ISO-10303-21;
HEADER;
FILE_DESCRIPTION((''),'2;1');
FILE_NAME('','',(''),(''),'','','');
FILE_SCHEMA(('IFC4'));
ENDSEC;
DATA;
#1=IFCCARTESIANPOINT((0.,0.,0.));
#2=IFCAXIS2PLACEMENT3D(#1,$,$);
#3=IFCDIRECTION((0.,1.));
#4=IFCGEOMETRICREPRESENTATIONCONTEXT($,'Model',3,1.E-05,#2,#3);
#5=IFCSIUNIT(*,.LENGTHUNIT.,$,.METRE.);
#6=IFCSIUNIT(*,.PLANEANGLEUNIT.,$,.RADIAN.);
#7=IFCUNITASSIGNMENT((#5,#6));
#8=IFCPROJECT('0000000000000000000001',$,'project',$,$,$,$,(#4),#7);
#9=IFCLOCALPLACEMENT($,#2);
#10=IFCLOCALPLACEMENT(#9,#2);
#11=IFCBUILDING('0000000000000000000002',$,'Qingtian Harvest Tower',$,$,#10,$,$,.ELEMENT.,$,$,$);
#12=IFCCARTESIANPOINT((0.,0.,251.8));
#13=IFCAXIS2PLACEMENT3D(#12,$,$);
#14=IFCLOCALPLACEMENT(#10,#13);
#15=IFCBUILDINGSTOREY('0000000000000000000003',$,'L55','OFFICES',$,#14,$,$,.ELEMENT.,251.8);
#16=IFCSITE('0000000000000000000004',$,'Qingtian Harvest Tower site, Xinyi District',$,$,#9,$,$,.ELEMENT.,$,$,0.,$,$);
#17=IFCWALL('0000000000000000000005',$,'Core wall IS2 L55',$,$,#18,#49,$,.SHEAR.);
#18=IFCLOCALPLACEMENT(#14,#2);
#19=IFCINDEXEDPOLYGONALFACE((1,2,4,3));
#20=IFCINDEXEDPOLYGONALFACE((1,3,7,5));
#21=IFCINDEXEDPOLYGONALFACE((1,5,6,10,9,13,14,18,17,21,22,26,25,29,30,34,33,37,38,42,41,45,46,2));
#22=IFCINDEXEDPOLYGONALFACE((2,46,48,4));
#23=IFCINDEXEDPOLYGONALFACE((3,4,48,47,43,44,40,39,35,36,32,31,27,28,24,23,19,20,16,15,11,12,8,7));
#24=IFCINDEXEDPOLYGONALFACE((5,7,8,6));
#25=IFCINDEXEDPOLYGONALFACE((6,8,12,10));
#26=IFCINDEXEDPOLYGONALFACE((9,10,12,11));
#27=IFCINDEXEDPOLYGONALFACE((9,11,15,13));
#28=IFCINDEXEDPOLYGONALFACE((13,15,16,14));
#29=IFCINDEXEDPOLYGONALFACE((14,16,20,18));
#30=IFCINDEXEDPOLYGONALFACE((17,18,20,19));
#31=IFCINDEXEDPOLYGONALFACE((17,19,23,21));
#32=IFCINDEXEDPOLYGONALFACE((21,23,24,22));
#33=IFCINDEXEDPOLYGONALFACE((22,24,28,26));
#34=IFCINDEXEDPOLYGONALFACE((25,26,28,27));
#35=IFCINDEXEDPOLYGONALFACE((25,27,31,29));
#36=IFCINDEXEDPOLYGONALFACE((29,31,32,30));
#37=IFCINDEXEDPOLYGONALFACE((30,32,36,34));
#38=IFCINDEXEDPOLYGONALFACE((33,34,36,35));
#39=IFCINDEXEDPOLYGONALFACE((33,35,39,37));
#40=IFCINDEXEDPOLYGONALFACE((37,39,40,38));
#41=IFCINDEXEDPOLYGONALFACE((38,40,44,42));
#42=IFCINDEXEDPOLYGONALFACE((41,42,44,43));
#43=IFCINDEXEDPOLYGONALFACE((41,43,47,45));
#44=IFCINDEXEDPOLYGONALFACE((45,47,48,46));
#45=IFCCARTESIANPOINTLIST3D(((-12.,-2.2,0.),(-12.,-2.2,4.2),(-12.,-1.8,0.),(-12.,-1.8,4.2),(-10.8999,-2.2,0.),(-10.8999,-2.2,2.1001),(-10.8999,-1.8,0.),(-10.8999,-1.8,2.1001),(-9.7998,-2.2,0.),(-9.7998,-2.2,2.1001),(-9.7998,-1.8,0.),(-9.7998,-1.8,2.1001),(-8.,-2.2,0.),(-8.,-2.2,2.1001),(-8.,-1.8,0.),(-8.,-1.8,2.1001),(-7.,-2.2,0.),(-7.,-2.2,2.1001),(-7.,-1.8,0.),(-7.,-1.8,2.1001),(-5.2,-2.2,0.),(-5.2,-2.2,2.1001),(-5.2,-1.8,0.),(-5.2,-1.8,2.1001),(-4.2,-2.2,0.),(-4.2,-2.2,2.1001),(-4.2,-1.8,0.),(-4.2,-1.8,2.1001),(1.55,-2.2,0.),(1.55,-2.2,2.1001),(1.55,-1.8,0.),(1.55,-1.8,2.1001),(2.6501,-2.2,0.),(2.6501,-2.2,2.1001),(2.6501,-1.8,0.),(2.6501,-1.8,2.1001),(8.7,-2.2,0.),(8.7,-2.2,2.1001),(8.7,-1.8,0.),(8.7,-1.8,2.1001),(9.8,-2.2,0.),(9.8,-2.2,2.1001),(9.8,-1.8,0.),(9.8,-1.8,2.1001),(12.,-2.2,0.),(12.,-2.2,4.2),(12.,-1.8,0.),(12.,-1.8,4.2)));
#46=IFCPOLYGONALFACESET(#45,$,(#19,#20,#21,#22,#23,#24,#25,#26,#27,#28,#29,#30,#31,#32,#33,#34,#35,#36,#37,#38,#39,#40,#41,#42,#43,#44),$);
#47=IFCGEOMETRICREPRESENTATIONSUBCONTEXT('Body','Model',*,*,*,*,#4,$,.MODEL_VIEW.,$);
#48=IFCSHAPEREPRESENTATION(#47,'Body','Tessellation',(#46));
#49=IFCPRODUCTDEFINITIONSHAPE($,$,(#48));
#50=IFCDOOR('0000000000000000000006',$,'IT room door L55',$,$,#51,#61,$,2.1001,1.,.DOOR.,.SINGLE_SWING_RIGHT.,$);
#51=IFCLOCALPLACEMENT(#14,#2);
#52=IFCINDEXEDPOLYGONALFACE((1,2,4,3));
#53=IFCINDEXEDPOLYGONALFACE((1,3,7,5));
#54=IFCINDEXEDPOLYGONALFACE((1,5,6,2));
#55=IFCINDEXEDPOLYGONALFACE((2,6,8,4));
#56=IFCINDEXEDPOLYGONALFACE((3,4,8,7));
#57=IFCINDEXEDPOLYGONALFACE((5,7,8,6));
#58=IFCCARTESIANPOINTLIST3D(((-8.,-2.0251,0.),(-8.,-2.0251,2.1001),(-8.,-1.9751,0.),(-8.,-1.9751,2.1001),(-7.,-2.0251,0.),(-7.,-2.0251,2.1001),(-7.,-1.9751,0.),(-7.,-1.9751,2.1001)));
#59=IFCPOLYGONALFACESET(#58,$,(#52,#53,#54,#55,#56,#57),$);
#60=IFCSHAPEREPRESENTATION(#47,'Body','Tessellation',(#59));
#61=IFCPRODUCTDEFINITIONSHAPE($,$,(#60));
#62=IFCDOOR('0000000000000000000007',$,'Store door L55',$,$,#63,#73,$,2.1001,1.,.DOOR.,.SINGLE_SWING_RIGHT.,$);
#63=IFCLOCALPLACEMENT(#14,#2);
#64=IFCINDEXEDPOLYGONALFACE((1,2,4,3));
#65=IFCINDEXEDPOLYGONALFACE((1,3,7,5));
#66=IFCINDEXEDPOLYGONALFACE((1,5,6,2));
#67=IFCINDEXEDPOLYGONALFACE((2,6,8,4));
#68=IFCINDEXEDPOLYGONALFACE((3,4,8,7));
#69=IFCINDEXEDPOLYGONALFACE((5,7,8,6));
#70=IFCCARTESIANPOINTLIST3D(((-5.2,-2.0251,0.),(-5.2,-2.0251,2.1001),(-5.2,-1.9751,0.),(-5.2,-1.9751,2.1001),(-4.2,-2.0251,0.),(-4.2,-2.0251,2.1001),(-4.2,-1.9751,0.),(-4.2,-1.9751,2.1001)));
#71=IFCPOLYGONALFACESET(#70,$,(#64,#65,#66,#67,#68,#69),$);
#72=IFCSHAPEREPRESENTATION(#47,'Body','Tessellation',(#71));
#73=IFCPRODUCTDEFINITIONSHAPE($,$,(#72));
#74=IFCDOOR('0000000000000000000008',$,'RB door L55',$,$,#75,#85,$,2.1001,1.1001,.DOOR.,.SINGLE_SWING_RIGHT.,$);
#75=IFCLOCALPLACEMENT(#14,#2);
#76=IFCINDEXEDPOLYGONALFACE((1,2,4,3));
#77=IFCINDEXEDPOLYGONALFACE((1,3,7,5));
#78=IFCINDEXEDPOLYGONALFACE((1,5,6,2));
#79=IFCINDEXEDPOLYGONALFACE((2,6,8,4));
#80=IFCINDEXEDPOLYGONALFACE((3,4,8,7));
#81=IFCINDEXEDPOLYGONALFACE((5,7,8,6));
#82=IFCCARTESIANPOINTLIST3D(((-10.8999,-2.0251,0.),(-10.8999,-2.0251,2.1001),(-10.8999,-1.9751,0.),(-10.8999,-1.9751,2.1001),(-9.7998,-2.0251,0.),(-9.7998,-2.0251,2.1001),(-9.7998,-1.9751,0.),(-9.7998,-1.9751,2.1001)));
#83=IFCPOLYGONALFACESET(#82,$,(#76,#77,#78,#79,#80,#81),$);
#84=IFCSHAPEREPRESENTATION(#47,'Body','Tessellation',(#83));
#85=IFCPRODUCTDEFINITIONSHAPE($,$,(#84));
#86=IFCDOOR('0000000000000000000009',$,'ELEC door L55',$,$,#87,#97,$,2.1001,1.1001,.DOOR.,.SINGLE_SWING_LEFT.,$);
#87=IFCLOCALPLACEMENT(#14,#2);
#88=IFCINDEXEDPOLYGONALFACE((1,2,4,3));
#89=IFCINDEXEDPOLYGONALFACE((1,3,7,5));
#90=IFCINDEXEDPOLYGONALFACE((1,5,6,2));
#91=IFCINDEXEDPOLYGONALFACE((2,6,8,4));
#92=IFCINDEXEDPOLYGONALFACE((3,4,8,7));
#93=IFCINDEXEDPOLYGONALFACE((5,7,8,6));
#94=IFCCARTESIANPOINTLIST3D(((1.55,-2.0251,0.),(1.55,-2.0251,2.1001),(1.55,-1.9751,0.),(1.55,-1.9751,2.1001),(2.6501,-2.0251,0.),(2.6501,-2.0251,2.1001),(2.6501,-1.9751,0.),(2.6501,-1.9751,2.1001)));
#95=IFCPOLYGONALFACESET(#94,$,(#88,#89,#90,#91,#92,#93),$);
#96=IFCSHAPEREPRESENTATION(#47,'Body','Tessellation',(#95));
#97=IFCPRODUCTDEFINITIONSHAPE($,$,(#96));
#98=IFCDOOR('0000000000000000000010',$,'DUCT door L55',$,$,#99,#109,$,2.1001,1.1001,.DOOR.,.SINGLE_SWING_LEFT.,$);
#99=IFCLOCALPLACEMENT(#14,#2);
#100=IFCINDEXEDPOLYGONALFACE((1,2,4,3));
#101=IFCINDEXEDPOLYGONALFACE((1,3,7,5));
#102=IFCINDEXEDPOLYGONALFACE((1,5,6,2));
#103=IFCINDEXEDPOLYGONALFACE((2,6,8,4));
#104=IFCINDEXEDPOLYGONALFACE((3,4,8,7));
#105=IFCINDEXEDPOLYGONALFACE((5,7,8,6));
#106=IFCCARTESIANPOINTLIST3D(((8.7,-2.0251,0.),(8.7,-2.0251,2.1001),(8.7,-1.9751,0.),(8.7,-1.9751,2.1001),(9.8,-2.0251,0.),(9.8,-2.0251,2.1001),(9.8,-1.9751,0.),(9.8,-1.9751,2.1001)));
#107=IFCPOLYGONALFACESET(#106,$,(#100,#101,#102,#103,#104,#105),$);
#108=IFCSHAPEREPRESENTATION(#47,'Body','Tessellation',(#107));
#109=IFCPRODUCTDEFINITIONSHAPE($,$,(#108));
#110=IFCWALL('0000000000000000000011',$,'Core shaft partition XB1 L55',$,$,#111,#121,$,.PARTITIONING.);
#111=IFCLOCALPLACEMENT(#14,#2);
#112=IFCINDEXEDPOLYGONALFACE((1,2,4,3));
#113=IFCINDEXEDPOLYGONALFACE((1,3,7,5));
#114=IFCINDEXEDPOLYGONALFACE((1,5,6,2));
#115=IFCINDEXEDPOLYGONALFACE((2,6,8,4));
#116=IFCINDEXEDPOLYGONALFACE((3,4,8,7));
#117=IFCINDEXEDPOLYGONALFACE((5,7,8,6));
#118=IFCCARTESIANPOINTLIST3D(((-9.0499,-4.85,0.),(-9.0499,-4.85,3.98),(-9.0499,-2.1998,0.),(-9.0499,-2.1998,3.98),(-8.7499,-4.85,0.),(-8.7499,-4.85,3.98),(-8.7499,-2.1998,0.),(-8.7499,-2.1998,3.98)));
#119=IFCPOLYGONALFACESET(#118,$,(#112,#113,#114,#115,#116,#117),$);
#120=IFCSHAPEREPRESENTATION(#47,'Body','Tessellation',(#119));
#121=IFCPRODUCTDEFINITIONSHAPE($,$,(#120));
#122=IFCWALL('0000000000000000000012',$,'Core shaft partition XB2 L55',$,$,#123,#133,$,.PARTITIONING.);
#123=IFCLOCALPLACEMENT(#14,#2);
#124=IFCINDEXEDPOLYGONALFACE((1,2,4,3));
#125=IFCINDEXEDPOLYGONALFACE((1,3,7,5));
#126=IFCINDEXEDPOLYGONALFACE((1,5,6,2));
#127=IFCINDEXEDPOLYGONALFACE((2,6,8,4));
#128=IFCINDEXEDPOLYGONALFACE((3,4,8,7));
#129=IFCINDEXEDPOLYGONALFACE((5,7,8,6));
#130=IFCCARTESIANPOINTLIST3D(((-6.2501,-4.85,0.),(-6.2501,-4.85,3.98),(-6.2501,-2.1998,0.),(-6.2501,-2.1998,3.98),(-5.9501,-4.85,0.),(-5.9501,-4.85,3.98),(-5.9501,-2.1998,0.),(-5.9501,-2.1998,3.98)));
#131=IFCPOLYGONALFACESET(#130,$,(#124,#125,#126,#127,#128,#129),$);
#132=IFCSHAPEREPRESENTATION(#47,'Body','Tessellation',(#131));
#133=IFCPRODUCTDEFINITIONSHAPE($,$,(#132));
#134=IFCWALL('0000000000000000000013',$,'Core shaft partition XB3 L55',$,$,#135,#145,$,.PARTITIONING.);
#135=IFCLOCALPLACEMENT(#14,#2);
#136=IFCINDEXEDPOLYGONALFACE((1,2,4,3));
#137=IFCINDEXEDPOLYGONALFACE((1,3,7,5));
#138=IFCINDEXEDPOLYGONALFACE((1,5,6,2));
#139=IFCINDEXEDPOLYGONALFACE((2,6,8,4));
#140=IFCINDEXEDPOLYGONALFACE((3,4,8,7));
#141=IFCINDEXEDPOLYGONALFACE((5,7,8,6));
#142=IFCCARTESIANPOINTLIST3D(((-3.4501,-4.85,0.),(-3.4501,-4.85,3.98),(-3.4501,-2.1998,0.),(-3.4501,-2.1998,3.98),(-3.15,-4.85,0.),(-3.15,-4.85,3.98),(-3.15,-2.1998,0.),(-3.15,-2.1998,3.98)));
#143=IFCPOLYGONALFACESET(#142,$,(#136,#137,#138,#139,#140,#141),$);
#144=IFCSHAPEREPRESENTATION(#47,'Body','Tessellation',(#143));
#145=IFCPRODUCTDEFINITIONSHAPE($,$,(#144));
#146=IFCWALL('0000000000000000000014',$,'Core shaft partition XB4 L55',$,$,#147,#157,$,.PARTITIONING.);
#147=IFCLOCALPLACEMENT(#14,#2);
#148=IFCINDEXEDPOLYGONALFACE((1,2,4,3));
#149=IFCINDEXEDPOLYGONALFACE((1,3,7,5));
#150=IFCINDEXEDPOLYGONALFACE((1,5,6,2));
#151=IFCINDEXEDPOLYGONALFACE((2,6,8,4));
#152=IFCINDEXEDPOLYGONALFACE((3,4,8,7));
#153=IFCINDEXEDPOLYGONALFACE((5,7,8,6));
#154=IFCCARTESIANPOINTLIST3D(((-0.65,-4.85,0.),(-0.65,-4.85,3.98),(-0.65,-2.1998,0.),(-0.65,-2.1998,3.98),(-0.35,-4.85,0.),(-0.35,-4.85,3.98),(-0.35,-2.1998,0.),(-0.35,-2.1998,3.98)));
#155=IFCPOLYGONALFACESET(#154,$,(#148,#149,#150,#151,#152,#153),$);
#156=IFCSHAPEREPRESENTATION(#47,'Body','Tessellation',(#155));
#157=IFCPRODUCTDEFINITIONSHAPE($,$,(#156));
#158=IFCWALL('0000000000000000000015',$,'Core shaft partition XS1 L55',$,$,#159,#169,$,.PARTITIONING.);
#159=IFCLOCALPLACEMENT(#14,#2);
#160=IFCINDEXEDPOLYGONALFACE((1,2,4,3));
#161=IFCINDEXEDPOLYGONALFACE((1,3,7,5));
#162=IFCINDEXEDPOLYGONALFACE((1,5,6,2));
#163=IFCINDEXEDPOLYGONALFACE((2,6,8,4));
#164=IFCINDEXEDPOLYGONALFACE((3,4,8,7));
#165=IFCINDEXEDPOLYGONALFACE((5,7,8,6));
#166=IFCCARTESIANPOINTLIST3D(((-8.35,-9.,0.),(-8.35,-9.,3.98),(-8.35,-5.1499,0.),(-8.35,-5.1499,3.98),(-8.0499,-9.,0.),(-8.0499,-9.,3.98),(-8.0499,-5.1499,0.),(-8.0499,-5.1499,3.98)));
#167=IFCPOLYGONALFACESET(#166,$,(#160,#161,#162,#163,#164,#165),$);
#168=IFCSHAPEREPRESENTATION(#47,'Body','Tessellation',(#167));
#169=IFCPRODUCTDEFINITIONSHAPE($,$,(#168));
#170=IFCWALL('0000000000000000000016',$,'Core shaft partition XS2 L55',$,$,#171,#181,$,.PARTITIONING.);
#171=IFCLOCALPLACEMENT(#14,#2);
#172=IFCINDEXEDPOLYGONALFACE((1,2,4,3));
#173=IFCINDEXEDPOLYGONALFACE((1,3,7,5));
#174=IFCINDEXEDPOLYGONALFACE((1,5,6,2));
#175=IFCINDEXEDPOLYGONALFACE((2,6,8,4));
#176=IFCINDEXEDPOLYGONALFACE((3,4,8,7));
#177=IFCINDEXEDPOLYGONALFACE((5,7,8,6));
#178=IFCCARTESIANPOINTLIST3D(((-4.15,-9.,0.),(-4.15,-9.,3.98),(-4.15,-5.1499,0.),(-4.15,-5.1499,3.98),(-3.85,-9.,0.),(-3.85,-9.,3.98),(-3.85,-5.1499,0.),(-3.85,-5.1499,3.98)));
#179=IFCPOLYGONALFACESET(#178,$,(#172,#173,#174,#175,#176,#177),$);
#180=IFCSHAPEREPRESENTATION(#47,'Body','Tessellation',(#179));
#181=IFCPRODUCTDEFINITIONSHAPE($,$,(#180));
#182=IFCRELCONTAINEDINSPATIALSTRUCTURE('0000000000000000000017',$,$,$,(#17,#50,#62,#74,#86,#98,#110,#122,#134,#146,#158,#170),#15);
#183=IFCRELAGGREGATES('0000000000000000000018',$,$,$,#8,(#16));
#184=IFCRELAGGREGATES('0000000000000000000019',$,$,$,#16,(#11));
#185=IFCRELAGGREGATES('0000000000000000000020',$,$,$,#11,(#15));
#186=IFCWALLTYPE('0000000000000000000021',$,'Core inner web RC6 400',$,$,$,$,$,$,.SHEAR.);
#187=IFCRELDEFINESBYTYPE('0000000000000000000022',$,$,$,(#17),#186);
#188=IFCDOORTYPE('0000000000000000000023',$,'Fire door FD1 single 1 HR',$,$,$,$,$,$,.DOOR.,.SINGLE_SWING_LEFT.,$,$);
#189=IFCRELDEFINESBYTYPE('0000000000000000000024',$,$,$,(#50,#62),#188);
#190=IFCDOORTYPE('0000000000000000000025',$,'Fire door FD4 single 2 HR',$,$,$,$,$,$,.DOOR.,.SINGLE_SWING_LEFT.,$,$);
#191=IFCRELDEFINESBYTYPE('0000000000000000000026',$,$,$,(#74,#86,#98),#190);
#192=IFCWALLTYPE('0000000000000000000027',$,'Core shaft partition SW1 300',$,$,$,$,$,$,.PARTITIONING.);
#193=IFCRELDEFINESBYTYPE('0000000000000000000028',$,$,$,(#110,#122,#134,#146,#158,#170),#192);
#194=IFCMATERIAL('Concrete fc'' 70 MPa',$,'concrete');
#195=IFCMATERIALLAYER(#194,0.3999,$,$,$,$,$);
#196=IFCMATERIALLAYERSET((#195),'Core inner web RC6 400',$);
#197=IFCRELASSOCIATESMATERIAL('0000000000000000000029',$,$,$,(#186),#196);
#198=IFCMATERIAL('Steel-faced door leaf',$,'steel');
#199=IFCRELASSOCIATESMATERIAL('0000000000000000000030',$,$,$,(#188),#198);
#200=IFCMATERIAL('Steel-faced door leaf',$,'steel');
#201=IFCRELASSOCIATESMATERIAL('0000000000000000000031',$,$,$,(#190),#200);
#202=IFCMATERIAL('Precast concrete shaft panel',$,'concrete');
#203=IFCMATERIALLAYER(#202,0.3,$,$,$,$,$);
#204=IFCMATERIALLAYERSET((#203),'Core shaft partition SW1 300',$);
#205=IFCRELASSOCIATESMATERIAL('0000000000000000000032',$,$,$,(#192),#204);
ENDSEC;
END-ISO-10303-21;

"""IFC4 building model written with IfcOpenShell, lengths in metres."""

from ifc_helpers import new_model, si_unit, direction, frame, frame_2d, origin, place, context, subcontext, project, spatial, rectangle, extrude, material, layer, layer_set, type_object, element, fill, save


model = new_model("IFC4")

# Units and contexts
model_context = context("Model", 3, precision=1e-05, world=origin(), true_north=direction((0.0, 1.0)))
body_context = subcontext(model_context, "Body", "Model", "MODEL_VIEW")
ifc_project = project(units=[si_unit("LENGTHUNIT", "METRE"), si_unit("PLANEANGLEUNIT", "RADIAN")], contexts=[model_context])

# Site, building, storey
site_placement = place(None, origin())
site = spatial("IfcSite", under=ifc_project, at=site_placement, Name="Qingtian Harvest Tower site, Xinyi District", CompositionType="ELEMENT", RefElevation=0.0)
building_placement = place(site_placement, origin())
building = spatial("IfcBuilding", under=site, at=building_placement, Name="Qingtian Harvest Tower", CompositionType="ELEMENT")
storey_placement = place(building_placement, frame((0.0, 0.0, 251.8)))
storey = spatial("IfcBuildingStorey", under=building, at=storey_placement, Name="L55", Description="OFFICES", CompositionType="ELEMENT", Elevation=251.8)

# Wall, openings, doors
ifc_material_1 = material(Name="Concrete fc' 70 MPa", Category="concrete")
ifc_layer_1 = layer(ifc_material_1, 0.3999)
ifc_layer_set_1 = layer_set([ifc_layer_1], Name="Core inner web RC6 400")
wall_type_1 = type_object("IfcWallType", Name="Core inner web RC6 400", PredefinedType="SHEAR", material=ifc_layer_set_1)
wall_1_placement = place(storey_placement, frame((-12.0, -2.0, 0.0), z_axis=(0.0, 0.0, 1.0), x_axis=(1.0, 0.0, 0.0)))
wall_1 = element("IfcWall", 1, at=wall_1_placement, inside=storey, type_object=wall_type_1, Name="Core wall IS2 L55", PredefinedType="SHEAR", context=body_context, shape_type="SweptSolid", body=[
    extrude(rectangle(XDim=24.0, YDim=0.3999, at=frame_2d((12.0, 0.0))), origin(), (0.0, 0.0, 1.0), 4.2),
])
opening_1_placement = place(wall_1_placement, frame((1.1001, 0.0, 0.0)))
opening_1 = element("IfcOpeningElement", 2, at=opening_1_placement, cuts=wall_1, PredefinedType="OPENING", context=body_context, shape_type="SweptSolid", body=[
    extrude(rectangle(XDim=1.1001, YDim=2.1001, at=frame_2d((0.55, 1.05))), frame((0.0, 0.21, 0.0), z_axis=(0.0, -1.0, 0.0), x_axis=(1.0, 0.0, 0.0)), (0.0, 0.0, 1.0), 0.4199),
])
opening_2_placement = place(wall_1_placement, frame((13.55, 0.0, 0.0)))
opening_2 = element("IfcOpeningElement", 3, at=opening_2_placement, cuts=wall_1, PredefinedType="OPENING", context=body_context, shape_type="SweptSolid", body=[
    extrude(rectangle(XDim=1.1001, YDim=2.1001, at=frame_2d((0.55, 1.05))), frame((0.0, 0.21, 0.0), z_axis=(0.0, -1.0, 0.0), x_axis=(1.0, 0.0, 0.0)), (0.0, 0.0, 1.0), 0.4199),
])
opening_3_placement = place(wall_1_placement, frame((20.7, 0.0, 0.0)))
opening_3 = element("IfcOpeningElement", 4, at=opening_3_placement, cuts=wall_1, PredefinedType="OPENING", context=body_context, shape_type="SweptSolid", body=[
    extrude(rectangle(XDim=1.1001, YDim=2.1001, at=frame_2d((0.55, 1.05))), frame((0.0, 0.21, 0.0), z_axis=(0.0, -1.0, 0.0), x_axis=(1.0, 0.0, 0.0)), (0.0, 0.0, 1.0), 0.4199),
])
opening_4_placement = place(wall_1_placement, frame((4.0, 0.0, 0.0)))
opening_4 = element("IfcOpeningElement", 5, at=opening_4_placement, cuts=wall_1, PredefinedType="OPENING", context=body_context, shape_type="SweptSolid", body=[
    extrude(rectangle(XDim=1.0, YDim=2.1001, at=frame_2d((0.5, 1.05))), frame((0.0, 0.21, 0.0), z_axis=(0.0, -1.0, 0.0), x_axis=(1.0, 0.0, 0.0)), (0.0, 0.0, 1.0), 0.4199),
])
opening_5_placement = place(wall_1_placement, frame((6.8, 0.0, 0.0)))
opening_5 = element("IfcOpeningElement", 6, at=opening_5_placement, cuts=wall_1, PredefinedType="OPENING", context=body_context, shape_type="SweptSolid", body=[
    extrude(rectangle(XDim=1.0, YDim=2.1001, at=frame_2d((0.5, 1.05))), frame((0.0, 0.21, 0.0), z_axis=(0.0, -1.0, 0.0), x_axis=(1.0, 0.0, 0.0)), (0.0, 0.0, 1.0), 0.4199),
])
ifc_material_2 = material(Name="Steel-faced door leaf", Category="steel")
door_type_1 = type_object("IfcDoorType", Name="Fire door FD1 single 1 HR", OperationType="SINGLE_SWING_LEFT", PredefinedType="DOOR", material=ifc_material_2)
door_1_placement = place(opening_4_placement, origin())
door_1 = element("IfcDoor", 7, at=door_1_placement, inside=storey, type_object=door_type_1, Name="IT room door L55", OperationType="SINGLE_SWING_RIGHT", OverallHeight=2.1001, OverallWidth=1.0, PredefinedType="DOOR", context=body_context, shape_type="SweptSolid", body=[
    extrude(rectangle(XDim=1.0, YDim=2.1001, at=frame_2d((0.5, 1.05))), frame((0.0, 0.0249, 0.0), z_axis=(0.0, -1.0, 0.0), x_axis=(1.0, 0.0, 0.0)), (0.0, 0.0, 1.0), 0.05),
])
fill(opening_4, door_1)
door_2_placement = place(opening_5_placement, origin())
door_2 = element("IfcDoor", 8, at=door_2_placement, inside=storey, type_object=door_type_1, Name="Store door L55", OperationType="SINGLE_SWING_RIGHT", OverallHeight=2.1001, OverallWidth=1.0, PredefinedType="DOOR", context=body_context, shape_type="SweptSolid", body=[
    extrude(rectangle(XDim=1.0, YDim=2.1001, at=frame_2d((0.5, 1.05))), frame((0.0, 0.0249, 0.0), z_axis=(0.0, -1.0, 0.0), x_axis=(1.0, 0.0, 0.0)), (0.0, 0.0, 1.0), 0.05),
])
fill(opening_5, door_2)
ifc_material_3 = material(Name="Steel-faced door leaf", Category="steel")
door_type_2 = type_object("IfcDoorType", Name="Fire door FD4 single 2 HR", OperationType="SINGLE_SWING_LEFT", PredefinedType="DOOR", material=ifc_material_3)
door_3_placement = place(opening_1_placement, origin())
door_3 = element("IfcDoor", 9, at=door_3_placement, inside=storey, type_object=door_type_2, Name="RB door L55", OperationType="SINGLE_SWING_RIGHT", OverallHeight=2.1001, OverallWidth=1.1001, PredefinedType="DOOR", context=body_context, shape_type="SweptSolid", body=[
    extrude(rectangle(XDim=1.1001, YDim=2.1001, at=frame_2d((0.55, 1.05))), frame((0.0, 0.0249, 0.0), z_axis=(0.0, -1.0, 0.0), x_axis=(1.0, 0.0, 0.0)), (0.0, 0.0, 1.0), 0.05),
])
fill(opening_1, door_3)
door_4_placement = place(opening_2_placement, origin())
door_4 = element("IfcDoor", 10, at=door_4_placement, inside=storey, type_object=door_type_2, Name="ELEC door L55", OperationType="SINGLE_SWING_LEFT", OverallHeight=2.1001, OverallWidth=1.1001, PredefinedType="DOOR", context=body_context, shape_type="SweptSolid", body=[
    extrude(rectangle(XDim=1.1001, YDim=2.1001, at=frame_2d((0.55, 1.05))), frame((0.0, 0.0249, 0.0), z_axis=(0.0, -1.0, 0.0), x_axis=(1.0, 0.0, 0.0)), (0.0, 0.0, 1.0), 0.05),
])
fill(opening_2, door_4)
door_5_placement = place(opening_3_placement, origin())
door_5 = element("IfcDoor", 11, at=door_5_placement, inside=storey, type_object=door_type_2, Name="DUCT door L55", OperationType="SINGLE_SWING_LEFT", OverallHeight=2.1001, OverallWidth=1.1001, PredefinedType="DOOR", context=body_context, shape_type="SweptSolid", body=[
    extrude(rectangle(XDim=1.1001, YDim=2.1001, at=frame_2d((0.55, 1.05))), frame((0.0, 0.0249, 0.0), z_axis=(0.0, -1.0, 0.0), x_axis=(1.0, 0.0, 0.0)), (0.0, 0.0, 1.0), 0.05),
])
fill(opening_3, door_5)

# Walls
ifc_material_4 = material(Name="Precast concrete shaft panel", Category="concrete")
ifc_layer_2 = layer(ifc_material_4, 0.3)
ifc_layer_set_2 = layer_set([ifc_layer_2], Name="Core shaft partition SW1 300")
wall_type_2 = type_object("IfcWallType", Name="Core shaft partition SW1 300", PredefinedType="PARTITIONING", material=ifc_layer_set_2)
for number, where, z_axis, x_axis, name in (
    (12, (-8.8999, -4.8501, 0.0), (0.0, 0.0, 1.0), (0.0, 1.0, 0.0), "Core shaft partition XB1 L55"),
    (13, (-6.1001, -4.8501, 0.0), (0.0, 0.0, 1.0), (0.0, 1.0, 0.0), "Core shaft partition XB2 L55"),
    (14, (-3.3, -4.8501, 0.0), (0.0, 0.0, 1.0), (0.0, 1.0, 0.0), "Core shaft partition XB3 L55"),
    (15, (-0.5, -4.8501, 0.0), (0.0, 0.0, 1.0), (0.0, 1.0, 0.0), "Core shaft partition XB4 L55"),
):
    element("IfcWall", number, at=place(storey_placement, frame(where, z_axis=z_axis, x_axis=x_axis)), inside=storey, type_object=wall_type_2, Name=name, PredefinedType="PARTITIONING", context=body_context, shape_type="SweptSolid", body=[
        extrude(rectangle(XDim=2.6501, YDim=0.3, at=frame_2d((1.3252, 0.0))), origin(), (0.0, 0.0, 1.0), 3.98),
    ])
for number, where, z_axis, x_axis, name in (
    (16, (-8.2, -9.0, 0.0), (0.0, 0.0, 1.0), (0.0, 1.0, 0.0), "Core shaft partition XS1 L55"),
    (17, (-4.0, -9.0, 0.0), (0.0, 0.0, 1.0), (0.0, 1.0, 0.0), "Core shaft partition XS2 L55"),
):
    element("IfcWall", number, at=place(storey_placement, frame(where, z_axis=z_axis, x_axis=x_axis)), inside=storey, type_object=wall_type_2, Name=name, PredefinedType="PARTITIONING", context=body_context, shape_type="SweptSolid", body=[
        extrude(rectangle(XDim=3.8501, YDim=0.3, at=frame_2d((1.925, 0.0))), origin(), (0.0, 0.0, 1.0), 3.98),
    ])

save(model, "model.ifc")
